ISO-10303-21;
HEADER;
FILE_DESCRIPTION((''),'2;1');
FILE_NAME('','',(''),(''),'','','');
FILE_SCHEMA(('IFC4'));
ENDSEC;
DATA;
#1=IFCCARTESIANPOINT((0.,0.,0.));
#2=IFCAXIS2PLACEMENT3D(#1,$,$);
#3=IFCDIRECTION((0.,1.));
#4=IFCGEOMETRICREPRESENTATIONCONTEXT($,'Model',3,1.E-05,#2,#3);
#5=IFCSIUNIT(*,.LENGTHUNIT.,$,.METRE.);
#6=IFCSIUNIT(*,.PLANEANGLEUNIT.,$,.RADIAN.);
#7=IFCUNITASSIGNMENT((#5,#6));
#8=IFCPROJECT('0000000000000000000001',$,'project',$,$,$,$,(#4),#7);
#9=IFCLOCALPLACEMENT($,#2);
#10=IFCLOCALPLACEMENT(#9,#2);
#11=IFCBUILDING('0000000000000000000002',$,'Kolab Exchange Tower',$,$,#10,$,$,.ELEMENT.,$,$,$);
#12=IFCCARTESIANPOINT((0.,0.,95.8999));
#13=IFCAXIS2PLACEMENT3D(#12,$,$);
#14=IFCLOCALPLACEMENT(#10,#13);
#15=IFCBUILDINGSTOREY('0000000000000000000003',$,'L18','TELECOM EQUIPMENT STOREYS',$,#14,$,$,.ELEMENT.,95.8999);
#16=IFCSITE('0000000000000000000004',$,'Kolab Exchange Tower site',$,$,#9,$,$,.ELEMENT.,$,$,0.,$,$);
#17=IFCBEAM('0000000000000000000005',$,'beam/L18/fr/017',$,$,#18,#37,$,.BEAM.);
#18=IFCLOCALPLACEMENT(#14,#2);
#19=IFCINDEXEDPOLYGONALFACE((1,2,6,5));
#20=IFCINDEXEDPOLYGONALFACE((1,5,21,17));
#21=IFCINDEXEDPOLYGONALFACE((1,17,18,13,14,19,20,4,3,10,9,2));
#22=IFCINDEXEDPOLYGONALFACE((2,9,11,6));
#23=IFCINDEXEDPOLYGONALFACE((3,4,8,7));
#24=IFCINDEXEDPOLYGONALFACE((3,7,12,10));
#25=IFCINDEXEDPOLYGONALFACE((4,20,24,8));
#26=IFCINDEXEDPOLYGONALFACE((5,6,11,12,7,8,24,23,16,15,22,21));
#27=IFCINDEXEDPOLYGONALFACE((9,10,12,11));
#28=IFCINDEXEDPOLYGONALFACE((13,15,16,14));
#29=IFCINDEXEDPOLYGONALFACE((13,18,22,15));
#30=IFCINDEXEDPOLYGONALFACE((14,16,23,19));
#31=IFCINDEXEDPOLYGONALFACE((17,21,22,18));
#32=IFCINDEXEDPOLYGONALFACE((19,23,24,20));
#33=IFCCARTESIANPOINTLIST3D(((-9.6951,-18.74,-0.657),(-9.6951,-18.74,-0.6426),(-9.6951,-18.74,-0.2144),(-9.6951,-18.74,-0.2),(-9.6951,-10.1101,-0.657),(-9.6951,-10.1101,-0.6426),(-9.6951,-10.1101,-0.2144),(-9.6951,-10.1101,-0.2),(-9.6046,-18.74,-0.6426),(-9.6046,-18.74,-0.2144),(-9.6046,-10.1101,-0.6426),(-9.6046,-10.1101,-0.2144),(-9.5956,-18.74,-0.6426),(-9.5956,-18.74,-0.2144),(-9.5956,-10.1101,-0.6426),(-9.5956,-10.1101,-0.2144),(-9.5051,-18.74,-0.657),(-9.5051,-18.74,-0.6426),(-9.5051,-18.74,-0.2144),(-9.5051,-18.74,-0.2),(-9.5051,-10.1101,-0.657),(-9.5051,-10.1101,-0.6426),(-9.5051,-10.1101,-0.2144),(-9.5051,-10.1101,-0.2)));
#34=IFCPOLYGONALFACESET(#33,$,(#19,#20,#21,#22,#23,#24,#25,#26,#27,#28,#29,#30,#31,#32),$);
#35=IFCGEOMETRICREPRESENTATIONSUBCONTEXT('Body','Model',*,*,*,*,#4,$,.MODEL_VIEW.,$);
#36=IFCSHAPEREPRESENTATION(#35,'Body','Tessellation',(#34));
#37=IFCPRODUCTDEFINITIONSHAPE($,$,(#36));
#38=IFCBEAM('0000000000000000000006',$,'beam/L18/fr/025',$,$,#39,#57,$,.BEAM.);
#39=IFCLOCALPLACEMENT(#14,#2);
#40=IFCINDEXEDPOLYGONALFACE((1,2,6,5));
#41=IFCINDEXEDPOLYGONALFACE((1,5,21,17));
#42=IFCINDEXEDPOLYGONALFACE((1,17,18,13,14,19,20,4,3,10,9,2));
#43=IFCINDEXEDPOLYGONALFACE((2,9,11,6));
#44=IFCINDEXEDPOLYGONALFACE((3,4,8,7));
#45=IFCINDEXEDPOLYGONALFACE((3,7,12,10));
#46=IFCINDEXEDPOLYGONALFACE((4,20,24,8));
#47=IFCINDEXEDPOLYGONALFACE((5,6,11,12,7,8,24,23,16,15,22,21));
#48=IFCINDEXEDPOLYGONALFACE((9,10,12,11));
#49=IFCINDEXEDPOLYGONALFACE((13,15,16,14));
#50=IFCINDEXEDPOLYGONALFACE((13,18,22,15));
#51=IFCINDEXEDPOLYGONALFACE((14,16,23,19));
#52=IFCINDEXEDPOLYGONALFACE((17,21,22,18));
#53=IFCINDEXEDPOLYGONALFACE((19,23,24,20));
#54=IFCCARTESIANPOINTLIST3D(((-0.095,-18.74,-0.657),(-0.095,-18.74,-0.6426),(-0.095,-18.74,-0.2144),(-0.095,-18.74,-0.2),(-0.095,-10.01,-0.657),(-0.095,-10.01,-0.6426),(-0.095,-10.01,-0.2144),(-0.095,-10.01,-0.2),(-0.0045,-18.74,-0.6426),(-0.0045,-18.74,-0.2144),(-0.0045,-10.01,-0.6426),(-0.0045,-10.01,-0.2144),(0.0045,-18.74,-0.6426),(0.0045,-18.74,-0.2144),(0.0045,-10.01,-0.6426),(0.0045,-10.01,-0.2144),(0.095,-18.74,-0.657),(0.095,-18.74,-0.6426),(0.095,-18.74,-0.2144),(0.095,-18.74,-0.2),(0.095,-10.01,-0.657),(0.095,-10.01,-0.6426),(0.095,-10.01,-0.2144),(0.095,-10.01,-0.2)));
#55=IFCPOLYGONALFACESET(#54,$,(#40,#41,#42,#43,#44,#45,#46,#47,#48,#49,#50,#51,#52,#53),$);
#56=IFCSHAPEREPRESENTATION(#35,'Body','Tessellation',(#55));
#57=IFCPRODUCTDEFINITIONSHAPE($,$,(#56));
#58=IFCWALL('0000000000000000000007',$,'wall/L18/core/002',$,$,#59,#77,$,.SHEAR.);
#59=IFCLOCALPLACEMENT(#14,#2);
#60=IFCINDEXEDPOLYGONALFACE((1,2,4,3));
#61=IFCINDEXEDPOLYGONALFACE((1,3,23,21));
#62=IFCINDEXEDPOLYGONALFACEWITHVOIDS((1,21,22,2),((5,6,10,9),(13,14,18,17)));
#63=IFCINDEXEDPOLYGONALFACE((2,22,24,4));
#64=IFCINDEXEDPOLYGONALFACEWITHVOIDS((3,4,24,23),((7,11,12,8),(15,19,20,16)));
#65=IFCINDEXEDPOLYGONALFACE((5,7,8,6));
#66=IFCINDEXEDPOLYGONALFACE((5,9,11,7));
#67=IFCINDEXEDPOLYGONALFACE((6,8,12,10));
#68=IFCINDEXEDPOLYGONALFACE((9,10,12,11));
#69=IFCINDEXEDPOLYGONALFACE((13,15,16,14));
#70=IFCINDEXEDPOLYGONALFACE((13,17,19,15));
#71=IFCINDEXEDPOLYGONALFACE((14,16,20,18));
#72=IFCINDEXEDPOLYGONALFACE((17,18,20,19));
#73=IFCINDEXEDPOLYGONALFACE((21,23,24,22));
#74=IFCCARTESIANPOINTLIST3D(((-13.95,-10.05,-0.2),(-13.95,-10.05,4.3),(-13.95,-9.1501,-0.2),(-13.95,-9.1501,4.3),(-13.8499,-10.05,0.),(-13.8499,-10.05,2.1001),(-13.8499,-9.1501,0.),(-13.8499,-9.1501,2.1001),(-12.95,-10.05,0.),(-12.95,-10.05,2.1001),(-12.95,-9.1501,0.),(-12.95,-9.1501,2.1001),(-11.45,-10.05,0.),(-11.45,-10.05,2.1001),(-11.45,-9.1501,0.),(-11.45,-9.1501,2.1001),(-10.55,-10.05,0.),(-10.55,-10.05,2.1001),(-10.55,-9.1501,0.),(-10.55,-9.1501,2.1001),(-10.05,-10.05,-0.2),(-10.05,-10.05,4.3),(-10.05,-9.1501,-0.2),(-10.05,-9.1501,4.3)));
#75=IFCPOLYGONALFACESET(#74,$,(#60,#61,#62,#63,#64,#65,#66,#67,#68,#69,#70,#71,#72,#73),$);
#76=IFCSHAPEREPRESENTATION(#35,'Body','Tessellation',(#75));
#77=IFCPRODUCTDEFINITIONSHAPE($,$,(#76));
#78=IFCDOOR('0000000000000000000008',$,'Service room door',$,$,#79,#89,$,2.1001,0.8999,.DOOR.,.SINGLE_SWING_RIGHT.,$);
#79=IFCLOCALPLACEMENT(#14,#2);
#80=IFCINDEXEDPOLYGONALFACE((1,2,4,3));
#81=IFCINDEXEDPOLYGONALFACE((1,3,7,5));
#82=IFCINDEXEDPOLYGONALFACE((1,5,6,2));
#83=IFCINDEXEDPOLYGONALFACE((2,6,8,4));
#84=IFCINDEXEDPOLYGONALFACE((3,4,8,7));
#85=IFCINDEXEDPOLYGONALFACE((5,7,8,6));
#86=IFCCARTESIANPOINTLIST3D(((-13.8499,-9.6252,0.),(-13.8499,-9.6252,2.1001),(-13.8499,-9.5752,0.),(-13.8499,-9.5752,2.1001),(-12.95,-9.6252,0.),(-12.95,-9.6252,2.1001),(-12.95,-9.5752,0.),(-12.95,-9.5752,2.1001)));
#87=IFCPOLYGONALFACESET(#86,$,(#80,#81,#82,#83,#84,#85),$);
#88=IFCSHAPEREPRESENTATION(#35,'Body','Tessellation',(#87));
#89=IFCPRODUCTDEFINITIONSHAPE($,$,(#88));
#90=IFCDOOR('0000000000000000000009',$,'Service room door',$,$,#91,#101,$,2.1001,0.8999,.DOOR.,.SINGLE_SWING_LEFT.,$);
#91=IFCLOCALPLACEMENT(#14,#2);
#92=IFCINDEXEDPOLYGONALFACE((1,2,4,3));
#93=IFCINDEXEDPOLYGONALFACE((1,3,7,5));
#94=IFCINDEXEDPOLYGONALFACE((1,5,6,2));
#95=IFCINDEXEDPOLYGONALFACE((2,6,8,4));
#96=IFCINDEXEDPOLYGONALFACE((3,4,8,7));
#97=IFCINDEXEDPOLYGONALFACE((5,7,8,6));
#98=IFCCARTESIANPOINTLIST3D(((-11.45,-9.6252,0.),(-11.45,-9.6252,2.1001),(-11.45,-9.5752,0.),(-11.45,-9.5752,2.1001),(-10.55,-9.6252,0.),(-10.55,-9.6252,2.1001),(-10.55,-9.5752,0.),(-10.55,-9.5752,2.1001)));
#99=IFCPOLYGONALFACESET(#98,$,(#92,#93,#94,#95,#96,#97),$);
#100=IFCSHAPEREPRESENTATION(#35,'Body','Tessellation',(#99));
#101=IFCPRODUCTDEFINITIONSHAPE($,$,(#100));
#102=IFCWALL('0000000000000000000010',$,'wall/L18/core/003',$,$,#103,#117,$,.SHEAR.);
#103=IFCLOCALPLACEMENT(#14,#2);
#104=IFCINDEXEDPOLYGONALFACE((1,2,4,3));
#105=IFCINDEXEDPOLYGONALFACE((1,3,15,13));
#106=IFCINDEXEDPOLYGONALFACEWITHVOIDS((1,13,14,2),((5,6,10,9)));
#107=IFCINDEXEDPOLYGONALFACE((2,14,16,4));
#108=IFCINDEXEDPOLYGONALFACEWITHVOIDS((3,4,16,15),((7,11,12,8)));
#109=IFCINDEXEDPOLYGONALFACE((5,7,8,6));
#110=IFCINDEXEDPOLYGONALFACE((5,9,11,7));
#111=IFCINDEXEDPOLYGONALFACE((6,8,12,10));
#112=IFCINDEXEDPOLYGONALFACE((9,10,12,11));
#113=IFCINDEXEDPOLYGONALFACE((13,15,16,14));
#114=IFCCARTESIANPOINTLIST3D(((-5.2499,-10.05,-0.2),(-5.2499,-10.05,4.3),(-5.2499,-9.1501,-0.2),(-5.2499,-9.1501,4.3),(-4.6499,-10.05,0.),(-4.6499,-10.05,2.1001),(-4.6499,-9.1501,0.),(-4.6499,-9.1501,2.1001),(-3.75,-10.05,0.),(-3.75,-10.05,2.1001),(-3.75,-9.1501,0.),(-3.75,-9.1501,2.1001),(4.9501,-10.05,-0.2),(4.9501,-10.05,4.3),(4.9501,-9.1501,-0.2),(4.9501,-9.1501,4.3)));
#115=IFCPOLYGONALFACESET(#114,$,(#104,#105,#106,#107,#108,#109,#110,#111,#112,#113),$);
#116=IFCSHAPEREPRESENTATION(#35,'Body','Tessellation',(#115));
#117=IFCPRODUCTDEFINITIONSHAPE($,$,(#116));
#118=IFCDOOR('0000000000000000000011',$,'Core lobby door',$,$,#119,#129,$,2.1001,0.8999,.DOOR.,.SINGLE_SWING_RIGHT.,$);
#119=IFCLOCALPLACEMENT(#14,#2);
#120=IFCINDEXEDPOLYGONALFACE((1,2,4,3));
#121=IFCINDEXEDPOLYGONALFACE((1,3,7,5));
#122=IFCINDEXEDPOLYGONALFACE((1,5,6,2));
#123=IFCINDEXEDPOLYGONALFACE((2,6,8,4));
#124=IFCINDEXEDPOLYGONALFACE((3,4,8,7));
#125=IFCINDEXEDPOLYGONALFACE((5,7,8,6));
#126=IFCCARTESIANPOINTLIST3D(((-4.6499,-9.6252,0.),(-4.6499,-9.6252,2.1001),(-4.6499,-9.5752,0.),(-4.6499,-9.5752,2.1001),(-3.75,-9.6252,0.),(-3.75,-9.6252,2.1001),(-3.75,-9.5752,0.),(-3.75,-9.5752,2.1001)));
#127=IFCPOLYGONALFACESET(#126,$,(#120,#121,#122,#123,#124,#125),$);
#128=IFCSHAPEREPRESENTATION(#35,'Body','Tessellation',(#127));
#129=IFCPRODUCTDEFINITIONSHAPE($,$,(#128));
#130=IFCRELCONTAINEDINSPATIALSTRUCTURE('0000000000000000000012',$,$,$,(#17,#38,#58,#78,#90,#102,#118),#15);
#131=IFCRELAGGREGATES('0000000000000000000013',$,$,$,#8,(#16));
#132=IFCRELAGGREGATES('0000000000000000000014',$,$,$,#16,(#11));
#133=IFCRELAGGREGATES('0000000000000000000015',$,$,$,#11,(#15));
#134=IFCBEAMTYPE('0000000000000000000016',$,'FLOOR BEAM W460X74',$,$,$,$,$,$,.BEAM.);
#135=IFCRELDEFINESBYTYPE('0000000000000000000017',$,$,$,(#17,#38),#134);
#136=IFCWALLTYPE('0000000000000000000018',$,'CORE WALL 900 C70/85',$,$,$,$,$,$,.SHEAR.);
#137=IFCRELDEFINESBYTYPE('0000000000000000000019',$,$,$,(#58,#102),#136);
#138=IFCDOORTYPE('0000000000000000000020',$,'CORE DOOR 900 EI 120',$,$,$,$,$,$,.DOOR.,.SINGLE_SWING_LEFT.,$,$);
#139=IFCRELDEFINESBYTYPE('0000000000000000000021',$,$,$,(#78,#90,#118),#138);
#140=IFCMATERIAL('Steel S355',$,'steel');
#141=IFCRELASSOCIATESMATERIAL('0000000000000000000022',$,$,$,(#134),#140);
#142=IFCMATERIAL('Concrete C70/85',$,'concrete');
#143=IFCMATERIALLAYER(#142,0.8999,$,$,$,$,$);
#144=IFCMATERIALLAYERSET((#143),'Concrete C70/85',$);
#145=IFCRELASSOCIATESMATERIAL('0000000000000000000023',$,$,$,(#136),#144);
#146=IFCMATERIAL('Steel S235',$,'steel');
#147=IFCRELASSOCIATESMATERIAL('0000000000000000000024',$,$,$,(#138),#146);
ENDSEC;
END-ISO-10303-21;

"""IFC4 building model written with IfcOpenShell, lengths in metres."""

from ifc_helpers import new_model, si_unit, direction, frame, frame_2d, origin, origin_2d, place, context, subcontext, project, spatial, rectangle, i_section, extrude, material, layer, layer_set, material_profile, profile_set, type_object, element, fill, save


model = new_model("IFC4")

# Units and contexts
model_context = context("Model", 3, precision=1e-05, world=origin(), true_north=direction((0.0, 1.0)))
body_context = subcontext(model_context, "Body", "Model", "MODEL_VIEW")
ifc_project = project(units=[si_unit("LENGTHUNIT", "METRE"), si_unit("PLANEANGLEUNIT", "RADIAN")], contexts=[model_context])

# Site, building, storey
site_placement = place(None, origin())
site = spatial("IfcSite", under=ifc_project, at=site_placement, Name="Kolab Exchange Tower site", CompositionType="ELEMENT", RefElevation=0.0)
building_placement = place(site_placement, origin())
building = spatial("IfcBuilding", under=site, at=building_placement, Name="Kolab Exchange Tower", CompositionType="ELEMENT")
storey_placement = place(building_placement, frame((0.0, 0.0, 95.8999)))
storey = spatial("IfcBuildingStorey", under=building, at=storey_placement, Name="L18", Description="TELECOM EQUIPMENT STOREYS", CompositionType="ELEMENT", Elevation=95.8999)

# Beams
ifc_material_1 = material(Name="Steel S355", Category="steel")
ifc_material_profile = material_profile(ifc_material_1, i_section(OverallWidth=0.1899, OverallDepth=0.457, WebThickness=0.009, FlangeThickness=0.0144, at=origin_2d()), Name="W460X74")
ifc_profile_set = profile_set([ifc_material_profile], Name="Steel S355")
beam_type = type_object("IfcBeamType", Name="FLOOR BEAM W460X74", PredefinedType="BEAM", material=ifc_profile_set)
beam_1_placement = place(storey_placement, frame((-9.6001, -18.74, -0.4285), z_axis=(0.0, 1.0, 0.0), x_axis=(-1.0, 0.0, 0.0)))
element("IfcBeam", 1, at=beam_1_placement, inside=storey, type_object=beam_type, Name="beam/L18/fr/017", PredefinedType="BEAM", context=body_context, shape_type="SweptSolid", body=[
    extrude(i_section(OverallWidth=0.1899, OverallDepth=0.457, WebThickness=0.009, FlangeThickness=0.0144, at=origin_2d()), origin(), (0.0, 0.0, 1.0), 8.6299),
])
beam_2_placement = place(storey_placement, frame((0.0, -18.74, -0.4285), z_axis=(0.0, 1.0, 0.0), x_axis=(-1.0, 0.0, 0.0)))
element("IfcBeam", 2, at=beam_2_placement, inside=storey, type_object=beam_type, Name="beam/L18/fr/025", PredefinedType="BEAM", context=body_context, shape_type="SweptSolid", body=[
    extrude(i_section(OverallWidth=0.1899, OverallDepth=0.457, WebThickness=0.009, FlangeThickness=0.0144, at=origin_2d()), origin(), (0.0, 0.0, 1.0), 8.73),
])

# Wall, openings, doors
ifc_material_2 = material(Name="Concrete C70/85", Category="concrete")
ifc_layer_1 = layer(ifc_material_2, 0.8999)
ifc_layer_set_1 = layer_set([ifc_layer_1], Name="Concrete C70/85")
wall_type_1 = type_object("IfcWallType", Name="CORE WALL 900 C70/85", PredefinedType="SHEAR", material=ifc_layer_set_1)
wall_1_placement = place(storey_placement, frame((-13.95, -9.6001, -0.2), z_axis=(0.0, 0.0, 1.0), x_axis=(1.0, 0.0, 0.0)))
wall_1 = element("IfcWall", 3, at=wall_1_placement, inside=storey, type_object=wall_type_1, Name="wall/L18/core/002", PredefinedType="SHEAR", context=body_context, shape_type="SweptSolid", body=[
    extrude(rectangle(XDim=3.8999, YDim=0.8999, at=frame_2d((1.95, 0.0))), origin(), (0.0, 0.0, 1.0), 4.5),
])
opening_1_placement = place(wall_1_placement, frame((0.1001, 0.0, 0.2)))
opening_1 = element("IfcOpeningElement", 4, at=opening_1_placement, cuts=wall_1, PredefinedType="OPENING", context=body_context, shape_type="SweptSolid", body=[
    extrude(rectangle(XDim=0.8999, YDim=2.1001, at=frame_2d((0.45, 1.05))), frame((0.0, 0.46, 0.0), z_axis=(0.0, -1.0, 0.0), x_axis=(1.0, 0.0, 0.0)), (0.0, 0.0, 1.0), 0.9199),
])
opening_2_placement = place(wall_1_placement, frame((2.5, 0.0, 0.2)))
opening_2 = element("IfcOpeningElement", 5, at=opening_2_placement, cuts=wall_1, PredefinedType="OPENING", context=body_context, shape_type="SweptSolid", body=[
    extrude(rectangle(XDim=0.8999, YDim=2.1001, at=frame_2d((0.45, 1.05))), frame((0.0, 0.46, 0.0), z_axis=(0.0, -1.0, 0.0), x_axis=(1.0, 0.0, 0.0)), (0.0, 0.0, 1.0), 0.9199),
])
ifc_material_3 = material(Name="Steel S235", Category="steel")
door_type_1 = type_object("IfcDoorType", Name="CORE DOOR 900 EI 120", OperationType="SINGLE_SWING_LEFT", PredefinedType="DOOR", material=ifc_material_3)
door_1_placement = place(opening_1_placement, origin())
door_1 = element("IfcDoor", 6, at=door_1_placement, inside=storey, type_object=door_type_1, Name="Service room door", OperationType="SINGLE_SWING_RIGHT", OverallHeight=2.1001, OverallWidth=0.8999, PredefinedType="DOOR", context=body_context, shape_type="SweptSolid", body=[
    extrude(rectangle(XDim=0.8999, YDim=2.1001, at=frame_2d((0.45, 1.05))), frame((0.0, 0.0249, 0.0), z_axis=(0.0, -1.0, 0.0), x_axis=(1.0, 0.0, 0.0)), (0.0, 0.0, 1.0), 0.05),
])
fill(opening_1, door_1)
door_2_placement = place(opening_2_placement, origin())
door_2 = element("IfcDoor", 7, at=door_2_placement, inside=storey, type_object=door_type_1, Name="Service room door", OperationType="SINGLE_SWING_LEFT", OverallHeight=2.1001, OverallWidth=0.8999, PredefinedType="DOOR", context=body_context, shape_type="SweptSolid", body=[
    extrude(rectangle(XDim=0.8999, YDim=2.1001, at=frame_2d((0.45, 1.05))), frame((0.0, 0.0249, 0.0), z_axis=(0.0, -1.0, 0.0), x_axis=(1.0, 0.0, 0.0)), (0.0, 0.0, 1.0), 0.05),
])
fill(opening_2, door_2)

# Wall, opening, door
wall_2_placement = place(storey_placement, frame((-5.25, -9.6001, -0.2), z_axis=(0.0, 0.0, 1.0), x_axis=(1.0, 0.0, 0.0)))
wall_2 = element("IfcWall", 8, at=wall_2_placement, inside=storey, type_object=wall_type_1, Name="wall/L18/core/003", PredefinedType="SHEAR", context=body_context, shape_type="SweptSolid", body=[
    extrude(rectangle(XDim=10.2, YDim=0.8999, at=frame_2d((5.1001, 0.0))), origin(), (0.0, 0.0, 1.0), 4.5),
])
opening_3_placement = place(wall_2_placement, frame((0.6001, 0.0, 0.2)))
opening_3 = element("IfcOpeningElement", 9, at=opening_3_placement, cuts=wall_2, PredefinedType="OPENING", context=body_context, shape_type="SweptSolid", body=[
    extrude(rectangle(XDim=0.8999, YDim=2.1001, at=frame_2d((0.45, 1.05))), frame((0.0, 0.46, 0.0), z_axis=(0.0, -1.0, 0.0), x_axis=(1.0, 0.0, 0.0)), (0.0, 0.0, 1.0), 0.9199),
])
door_3_placement = place(opening_3_placement, origin())
door_3 = element("IfcDoor", 10, at=door_3_placement, inside=storey, type_object=door_type_1, Name="Core lobby door", OperationType="SINGLE_SWING_RIGHT", OverallHeight=2.1001, OverallWidth=0.8999, PredefinedType="DOOR", context=body_context, shape_type="SweptSolid", body=[
    extrude(rectangle(XDim=0.8999, YDim=2.1001, at=frame_2d((0.45, 1.05))), frame((0.0, 0.0249, 0.0), z_axis=(0.0, -1.0, 0.0), x_axis=(1.0, 0.0, 0.0)), (0.0, 0.0, 1.0), 0.05),
])
fill(opening_3, door_3)

save(model, "model.ifc")
